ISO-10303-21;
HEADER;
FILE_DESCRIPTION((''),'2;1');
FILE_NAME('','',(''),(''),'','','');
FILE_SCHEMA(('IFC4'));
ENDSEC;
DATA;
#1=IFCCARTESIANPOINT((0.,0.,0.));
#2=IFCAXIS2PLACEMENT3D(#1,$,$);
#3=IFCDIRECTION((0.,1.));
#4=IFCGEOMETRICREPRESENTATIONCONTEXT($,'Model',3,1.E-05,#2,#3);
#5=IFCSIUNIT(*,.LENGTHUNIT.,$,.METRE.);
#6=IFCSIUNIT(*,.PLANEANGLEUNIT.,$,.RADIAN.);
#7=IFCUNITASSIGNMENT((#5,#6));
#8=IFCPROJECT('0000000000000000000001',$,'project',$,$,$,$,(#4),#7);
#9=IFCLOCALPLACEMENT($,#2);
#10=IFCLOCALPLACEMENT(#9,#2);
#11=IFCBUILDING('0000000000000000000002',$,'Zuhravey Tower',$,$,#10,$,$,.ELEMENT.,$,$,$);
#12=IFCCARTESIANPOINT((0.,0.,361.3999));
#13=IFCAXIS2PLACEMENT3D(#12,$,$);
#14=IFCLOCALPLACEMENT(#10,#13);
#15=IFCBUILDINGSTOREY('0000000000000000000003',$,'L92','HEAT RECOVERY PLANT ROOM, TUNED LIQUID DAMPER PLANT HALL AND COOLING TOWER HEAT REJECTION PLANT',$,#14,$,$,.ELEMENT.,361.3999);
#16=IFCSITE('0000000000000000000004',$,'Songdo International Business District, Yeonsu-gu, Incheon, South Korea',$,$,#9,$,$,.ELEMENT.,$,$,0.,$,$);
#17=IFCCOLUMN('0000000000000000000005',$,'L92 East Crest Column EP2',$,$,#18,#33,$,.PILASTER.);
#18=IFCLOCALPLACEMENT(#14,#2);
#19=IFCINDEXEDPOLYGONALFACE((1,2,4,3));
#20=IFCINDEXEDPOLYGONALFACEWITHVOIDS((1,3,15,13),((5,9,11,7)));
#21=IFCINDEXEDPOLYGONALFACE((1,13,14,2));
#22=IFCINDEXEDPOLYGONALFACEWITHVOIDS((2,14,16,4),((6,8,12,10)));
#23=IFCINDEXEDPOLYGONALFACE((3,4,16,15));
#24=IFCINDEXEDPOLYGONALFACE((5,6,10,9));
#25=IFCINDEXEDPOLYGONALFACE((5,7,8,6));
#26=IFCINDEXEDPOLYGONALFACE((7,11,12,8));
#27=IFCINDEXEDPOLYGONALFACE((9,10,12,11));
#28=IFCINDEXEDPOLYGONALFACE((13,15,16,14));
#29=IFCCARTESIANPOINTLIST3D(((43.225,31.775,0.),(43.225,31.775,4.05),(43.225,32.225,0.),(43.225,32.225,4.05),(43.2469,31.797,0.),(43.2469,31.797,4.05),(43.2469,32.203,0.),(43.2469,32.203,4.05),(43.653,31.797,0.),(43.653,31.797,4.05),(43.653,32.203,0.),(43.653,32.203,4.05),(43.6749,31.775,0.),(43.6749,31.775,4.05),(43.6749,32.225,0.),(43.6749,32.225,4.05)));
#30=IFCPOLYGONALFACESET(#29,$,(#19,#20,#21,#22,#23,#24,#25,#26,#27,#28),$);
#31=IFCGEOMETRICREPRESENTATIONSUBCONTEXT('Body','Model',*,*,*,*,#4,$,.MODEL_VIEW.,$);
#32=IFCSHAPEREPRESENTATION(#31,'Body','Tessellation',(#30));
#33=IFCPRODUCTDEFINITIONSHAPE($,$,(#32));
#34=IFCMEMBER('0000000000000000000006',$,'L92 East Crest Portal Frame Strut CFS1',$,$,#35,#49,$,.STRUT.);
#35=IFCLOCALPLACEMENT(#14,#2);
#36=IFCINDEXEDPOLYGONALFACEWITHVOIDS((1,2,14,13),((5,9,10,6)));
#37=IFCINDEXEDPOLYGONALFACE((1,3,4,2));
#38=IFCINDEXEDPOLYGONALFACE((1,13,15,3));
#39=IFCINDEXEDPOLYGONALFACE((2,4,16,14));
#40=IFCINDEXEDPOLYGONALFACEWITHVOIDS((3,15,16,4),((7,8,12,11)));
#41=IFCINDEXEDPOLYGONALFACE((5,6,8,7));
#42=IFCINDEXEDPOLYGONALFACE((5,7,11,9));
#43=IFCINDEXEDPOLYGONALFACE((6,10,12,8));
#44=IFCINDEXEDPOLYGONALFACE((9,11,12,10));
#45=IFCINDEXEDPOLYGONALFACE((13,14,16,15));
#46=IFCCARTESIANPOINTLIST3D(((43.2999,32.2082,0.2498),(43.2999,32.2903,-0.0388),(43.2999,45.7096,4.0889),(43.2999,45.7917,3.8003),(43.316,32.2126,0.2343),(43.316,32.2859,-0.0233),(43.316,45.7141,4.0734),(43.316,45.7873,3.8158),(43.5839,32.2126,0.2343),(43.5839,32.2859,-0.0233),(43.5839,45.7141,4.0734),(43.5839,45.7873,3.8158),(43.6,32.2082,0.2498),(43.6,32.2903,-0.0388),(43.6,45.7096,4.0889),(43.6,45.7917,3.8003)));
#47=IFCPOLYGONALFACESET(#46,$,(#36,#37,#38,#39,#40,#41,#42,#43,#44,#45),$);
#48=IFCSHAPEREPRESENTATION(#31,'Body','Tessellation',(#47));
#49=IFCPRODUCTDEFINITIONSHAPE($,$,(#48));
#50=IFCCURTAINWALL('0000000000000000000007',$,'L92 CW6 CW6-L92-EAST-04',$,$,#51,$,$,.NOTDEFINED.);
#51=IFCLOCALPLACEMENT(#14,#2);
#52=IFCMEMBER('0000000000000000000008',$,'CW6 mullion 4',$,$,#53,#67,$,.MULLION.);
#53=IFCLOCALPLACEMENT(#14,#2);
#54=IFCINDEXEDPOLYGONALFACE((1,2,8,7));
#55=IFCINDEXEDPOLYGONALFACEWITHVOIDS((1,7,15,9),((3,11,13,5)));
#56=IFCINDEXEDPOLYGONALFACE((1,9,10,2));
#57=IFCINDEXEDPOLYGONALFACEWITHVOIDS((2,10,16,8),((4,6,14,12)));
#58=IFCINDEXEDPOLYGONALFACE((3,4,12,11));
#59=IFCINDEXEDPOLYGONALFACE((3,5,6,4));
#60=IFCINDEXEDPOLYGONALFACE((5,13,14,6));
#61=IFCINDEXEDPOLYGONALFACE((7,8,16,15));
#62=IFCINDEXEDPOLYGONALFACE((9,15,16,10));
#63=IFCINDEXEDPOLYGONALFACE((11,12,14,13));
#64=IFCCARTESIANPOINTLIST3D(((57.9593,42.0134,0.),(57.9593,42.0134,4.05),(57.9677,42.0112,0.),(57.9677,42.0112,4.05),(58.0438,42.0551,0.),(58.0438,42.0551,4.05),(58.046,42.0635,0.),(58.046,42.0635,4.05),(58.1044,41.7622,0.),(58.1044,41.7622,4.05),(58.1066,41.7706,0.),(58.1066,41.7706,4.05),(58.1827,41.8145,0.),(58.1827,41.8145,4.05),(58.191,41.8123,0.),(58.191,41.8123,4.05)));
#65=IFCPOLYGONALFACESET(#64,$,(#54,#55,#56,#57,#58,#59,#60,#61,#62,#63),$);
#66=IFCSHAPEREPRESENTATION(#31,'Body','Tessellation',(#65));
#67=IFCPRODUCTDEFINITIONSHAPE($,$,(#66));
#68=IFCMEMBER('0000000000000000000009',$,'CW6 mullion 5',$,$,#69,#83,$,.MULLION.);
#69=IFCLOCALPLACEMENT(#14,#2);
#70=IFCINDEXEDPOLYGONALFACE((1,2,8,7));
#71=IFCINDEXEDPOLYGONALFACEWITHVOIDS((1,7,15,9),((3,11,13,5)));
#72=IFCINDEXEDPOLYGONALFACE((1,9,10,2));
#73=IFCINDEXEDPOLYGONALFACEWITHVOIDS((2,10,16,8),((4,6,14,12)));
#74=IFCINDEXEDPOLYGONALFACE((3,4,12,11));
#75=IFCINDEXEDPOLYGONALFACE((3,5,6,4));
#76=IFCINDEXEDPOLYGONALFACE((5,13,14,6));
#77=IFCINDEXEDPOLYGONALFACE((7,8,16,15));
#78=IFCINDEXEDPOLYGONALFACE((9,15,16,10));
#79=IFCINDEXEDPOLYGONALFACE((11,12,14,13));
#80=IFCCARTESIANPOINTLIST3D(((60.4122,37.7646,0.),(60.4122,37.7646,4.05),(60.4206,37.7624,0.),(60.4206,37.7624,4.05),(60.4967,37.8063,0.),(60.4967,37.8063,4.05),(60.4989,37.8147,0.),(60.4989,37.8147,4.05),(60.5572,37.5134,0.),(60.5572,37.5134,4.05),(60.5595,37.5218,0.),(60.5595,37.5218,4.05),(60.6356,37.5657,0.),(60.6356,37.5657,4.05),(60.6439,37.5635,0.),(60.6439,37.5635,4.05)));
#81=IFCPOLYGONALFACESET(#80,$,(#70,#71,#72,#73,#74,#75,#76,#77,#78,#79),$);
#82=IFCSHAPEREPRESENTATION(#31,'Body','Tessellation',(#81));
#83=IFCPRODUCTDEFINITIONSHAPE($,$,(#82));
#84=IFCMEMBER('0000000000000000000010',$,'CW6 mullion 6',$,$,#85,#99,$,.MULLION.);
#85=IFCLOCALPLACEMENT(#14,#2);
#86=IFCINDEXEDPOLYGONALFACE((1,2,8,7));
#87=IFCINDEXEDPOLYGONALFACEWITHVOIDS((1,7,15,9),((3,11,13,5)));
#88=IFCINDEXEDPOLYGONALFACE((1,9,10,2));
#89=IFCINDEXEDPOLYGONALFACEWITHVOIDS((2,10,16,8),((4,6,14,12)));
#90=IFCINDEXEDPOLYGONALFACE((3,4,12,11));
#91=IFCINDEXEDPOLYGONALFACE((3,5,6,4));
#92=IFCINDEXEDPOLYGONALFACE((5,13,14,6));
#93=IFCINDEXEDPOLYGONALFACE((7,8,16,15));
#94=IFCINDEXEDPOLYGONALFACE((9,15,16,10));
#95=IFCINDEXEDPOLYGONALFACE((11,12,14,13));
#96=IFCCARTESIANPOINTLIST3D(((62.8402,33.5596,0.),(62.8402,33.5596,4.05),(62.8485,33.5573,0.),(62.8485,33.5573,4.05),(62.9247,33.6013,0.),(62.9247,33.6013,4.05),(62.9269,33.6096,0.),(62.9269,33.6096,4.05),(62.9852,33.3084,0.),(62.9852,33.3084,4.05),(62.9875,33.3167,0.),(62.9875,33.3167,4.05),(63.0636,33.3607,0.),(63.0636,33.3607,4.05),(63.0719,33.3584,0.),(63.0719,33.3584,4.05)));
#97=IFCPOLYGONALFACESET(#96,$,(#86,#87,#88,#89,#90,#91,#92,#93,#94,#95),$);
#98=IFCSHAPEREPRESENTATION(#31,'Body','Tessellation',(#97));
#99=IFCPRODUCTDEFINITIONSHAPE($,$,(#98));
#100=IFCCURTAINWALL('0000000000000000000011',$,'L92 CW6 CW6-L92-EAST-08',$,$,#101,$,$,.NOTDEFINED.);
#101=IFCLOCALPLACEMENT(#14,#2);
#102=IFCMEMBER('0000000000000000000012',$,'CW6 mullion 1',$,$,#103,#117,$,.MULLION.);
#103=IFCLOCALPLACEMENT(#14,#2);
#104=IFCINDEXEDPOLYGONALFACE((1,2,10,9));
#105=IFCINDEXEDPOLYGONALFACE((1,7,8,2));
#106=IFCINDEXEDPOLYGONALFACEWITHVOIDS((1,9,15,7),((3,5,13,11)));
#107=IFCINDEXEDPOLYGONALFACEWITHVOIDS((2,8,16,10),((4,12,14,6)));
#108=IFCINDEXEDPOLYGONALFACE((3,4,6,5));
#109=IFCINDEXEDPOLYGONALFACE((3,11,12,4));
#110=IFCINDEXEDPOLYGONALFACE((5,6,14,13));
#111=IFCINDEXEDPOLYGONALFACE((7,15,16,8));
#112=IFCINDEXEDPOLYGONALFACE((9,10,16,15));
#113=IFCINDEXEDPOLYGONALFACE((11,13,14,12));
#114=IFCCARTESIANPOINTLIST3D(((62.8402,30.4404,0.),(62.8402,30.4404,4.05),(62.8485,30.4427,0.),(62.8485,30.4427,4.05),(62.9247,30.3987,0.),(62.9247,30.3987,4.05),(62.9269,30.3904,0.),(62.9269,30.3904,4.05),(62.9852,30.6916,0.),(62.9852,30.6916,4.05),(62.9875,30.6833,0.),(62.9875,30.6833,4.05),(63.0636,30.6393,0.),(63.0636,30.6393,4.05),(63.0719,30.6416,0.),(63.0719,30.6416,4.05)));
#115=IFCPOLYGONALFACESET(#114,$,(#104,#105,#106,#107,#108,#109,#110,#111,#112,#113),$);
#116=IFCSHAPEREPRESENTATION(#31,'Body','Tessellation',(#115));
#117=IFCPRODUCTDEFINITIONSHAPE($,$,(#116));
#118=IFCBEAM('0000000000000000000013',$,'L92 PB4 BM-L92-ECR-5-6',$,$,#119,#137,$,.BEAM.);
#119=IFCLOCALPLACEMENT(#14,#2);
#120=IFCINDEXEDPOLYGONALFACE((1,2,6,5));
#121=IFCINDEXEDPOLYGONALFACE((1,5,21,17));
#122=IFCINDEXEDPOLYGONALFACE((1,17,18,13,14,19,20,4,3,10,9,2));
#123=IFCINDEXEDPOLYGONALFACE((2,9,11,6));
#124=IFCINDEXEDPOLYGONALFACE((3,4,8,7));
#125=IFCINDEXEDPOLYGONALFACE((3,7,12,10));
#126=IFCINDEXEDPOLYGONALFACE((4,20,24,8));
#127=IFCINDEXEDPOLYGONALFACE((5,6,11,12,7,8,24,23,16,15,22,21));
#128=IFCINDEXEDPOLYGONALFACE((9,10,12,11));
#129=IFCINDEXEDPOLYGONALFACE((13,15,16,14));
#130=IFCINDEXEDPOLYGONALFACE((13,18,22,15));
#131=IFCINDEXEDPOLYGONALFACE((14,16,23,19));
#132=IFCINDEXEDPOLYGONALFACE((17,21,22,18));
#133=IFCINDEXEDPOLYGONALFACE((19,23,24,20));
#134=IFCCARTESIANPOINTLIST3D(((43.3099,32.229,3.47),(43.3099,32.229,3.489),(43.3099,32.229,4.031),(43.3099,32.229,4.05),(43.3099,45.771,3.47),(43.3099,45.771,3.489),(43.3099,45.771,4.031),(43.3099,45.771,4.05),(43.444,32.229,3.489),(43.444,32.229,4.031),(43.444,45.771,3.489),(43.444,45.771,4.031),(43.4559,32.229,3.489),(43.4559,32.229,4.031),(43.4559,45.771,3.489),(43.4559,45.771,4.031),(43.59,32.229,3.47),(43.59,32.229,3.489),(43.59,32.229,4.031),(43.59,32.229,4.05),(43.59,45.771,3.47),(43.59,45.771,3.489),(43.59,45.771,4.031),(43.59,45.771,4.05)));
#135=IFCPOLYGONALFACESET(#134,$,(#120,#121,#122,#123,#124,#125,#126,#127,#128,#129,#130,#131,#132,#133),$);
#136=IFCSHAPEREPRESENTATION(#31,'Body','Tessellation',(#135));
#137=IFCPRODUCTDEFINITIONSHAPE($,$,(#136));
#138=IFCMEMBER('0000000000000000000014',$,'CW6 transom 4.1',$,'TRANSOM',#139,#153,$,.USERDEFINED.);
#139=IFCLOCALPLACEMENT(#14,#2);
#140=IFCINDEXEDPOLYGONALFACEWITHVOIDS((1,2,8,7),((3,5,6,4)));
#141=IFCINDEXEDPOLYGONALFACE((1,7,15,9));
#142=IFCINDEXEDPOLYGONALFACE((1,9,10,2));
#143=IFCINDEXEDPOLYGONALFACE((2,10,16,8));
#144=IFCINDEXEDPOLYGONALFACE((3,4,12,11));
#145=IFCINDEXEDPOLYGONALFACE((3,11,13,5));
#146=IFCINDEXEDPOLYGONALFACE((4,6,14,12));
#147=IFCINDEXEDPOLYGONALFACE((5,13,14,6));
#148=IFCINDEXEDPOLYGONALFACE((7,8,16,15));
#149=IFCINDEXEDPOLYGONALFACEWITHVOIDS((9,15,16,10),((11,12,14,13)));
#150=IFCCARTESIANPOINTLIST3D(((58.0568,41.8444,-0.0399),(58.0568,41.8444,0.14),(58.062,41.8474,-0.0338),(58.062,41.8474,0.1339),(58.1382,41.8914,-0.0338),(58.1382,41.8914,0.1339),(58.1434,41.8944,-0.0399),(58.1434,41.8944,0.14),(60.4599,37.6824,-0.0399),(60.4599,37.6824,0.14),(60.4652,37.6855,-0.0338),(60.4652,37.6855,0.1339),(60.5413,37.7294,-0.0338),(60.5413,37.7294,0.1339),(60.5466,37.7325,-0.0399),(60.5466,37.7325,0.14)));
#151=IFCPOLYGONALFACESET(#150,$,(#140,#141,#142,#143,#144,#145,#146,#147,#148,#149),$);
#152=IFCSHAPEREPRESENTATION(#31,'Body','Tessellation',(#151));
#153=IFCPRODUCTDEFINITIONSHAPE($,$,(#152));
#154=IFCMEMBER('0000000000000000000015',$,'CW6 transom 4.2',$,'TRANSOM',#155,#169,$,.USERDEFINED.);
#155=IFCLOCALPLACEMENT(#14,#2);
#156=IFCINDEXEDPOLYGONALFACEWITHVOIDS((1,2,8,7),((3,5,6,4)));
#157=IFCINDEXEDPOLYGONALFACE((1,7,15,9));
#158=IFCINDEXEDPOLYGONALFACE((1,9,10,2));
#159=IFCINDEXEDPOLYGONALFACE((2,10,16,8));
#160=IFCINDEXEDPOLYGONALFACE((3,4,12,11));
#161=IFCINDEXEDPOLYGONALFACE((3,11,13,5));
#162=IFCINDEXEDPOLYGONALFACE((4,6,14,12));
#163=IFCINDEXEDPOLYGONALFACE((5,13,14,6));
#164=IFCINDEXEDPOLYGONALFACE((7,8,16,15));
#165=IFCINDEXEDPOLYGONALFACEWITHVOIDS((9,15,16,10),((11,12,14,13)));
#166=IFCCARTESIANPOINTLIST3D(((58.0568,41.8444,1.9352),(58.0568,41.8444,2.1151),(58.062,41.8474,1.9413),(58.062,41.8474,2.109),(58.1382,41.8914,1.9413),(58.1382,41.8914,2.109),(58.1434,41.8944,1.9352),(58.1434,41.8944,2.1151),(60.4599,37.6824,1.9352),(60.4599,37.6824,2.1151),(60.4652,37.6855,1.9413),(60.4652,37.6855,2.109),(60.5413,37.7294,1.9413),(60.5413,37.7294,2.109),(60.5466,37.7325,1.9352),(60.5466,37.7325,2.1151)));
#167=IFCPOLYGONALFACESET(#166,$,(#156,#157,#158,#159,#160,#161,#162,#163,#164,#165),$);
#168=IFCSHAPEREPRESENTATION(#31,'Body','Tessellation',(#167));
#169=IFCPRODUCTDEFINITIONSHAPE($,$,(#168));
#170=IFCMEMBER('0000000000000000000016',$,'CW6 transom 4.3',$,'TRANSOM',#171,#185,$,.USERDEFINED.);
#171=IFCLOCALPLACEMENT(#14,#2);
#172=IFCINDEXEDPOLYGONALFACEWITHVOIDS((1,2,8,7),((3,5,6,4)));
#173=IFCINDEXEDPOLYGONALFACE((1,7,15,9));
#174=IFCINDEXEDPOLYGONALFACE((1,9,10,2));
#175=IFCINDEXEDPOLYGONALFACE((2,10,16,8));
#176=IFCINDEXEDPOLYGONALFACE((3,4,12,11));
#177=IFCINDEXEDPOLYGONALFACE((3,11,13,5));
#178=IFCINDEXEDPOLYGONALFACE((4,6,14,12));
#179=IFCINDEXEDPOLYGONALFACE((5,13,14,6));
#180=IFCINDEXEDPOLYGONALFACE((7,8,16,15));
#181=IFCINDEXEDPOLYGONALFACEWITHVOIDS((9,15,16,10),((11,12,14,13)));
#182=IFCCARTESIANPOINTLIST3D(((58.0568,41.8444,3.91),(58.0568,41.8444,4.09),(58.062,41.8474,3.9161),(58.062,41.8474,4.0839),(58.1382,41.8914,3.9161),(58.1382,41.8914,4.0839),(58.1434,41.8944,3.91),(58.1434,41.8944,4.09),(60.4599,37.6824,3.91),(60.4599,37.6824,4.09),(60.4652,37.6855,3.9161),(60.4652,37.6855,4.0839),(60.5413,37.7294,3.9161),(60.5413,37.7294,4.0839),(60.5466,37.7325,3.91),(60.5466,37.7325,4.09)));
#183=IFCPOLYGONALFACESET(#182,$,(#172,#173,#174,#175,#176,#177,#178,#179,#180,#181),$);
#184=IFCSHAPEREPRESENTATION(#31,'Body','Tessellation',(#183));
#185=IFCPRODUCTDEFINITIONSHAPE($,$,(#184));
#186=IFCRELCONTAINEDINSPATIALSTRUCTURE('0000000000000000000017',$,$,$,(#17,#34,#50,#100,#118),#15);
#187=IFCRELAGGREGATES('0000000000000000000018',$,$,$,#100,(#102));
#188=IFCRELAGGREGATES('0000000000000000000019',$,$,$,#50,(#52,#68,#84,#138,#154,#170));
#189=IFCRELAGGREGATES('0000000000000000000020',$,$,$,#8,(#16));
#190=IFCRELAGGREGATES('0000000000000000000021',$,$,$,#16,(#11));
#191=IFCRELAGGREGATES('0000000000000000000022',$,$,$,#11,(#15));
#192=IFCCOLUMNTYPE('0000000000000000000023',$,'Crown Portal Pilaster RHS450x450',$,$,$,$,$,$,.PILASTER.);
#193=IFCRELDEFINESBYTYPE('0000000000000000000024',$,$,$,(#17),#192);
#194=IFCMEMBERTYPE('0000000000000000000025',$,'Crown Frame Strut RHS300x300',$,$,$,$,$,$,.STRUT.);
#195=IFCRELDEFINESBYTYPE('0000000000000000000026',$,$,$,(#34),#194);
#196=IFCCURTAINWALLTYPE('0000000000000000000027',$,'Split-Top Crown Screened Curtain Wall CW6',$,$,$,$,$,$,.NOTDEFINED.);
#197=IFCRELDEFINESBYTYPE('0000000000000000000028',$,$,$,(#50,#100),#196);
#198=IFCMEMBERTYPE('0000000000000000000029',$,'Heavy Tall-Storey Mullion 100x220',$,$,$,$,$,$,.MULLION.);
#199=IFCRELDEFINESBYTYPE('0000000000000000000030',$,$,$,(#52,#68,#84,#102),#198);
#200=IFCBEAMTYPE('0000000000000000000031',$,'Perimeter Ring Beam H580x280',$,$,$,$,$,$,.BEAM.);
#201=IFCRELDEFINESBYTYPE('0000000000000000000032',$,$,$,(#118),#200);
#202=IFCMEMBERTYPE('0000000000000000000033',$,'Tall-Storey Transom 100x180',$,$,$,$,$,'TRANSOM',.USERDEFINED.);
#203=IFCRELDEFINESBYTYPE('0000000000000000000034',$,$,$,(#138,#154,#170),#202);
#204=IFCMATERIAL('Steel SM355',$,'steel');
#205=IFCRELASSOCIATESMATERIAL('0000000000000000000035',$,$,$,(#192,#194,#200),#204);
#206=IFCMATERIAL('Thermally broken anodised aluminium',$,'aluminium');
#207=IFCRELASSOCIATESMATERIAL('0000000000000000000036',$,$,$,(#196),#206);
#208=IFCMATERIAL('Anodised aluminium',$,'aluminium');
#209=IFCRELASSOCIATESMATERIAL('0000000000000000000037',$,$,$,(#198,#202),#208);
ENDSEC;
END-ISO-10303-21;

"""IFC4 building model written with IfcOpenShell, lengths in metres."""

from ifc_helpers import new_model, si_unit, direction, frame, origin, origin_2d, place, context, subcontext, project, spatial, hollow_rectangle, i_section, extrude, material, material_profile, profile_set, type_object, element, aggregate, save


model = new_model("IFC4")

# Units and contexts
model_context = context("Model", 3, precision=1e-05, world=origin(), true_north=direction((0.0, 1.0)))
body_context = subcontext(model_context, "Body", "Model", "MODEL_VIEW")
ifc_project = project(units=[si_unit("LENGTHUNIT", "METRE"), si_unit("PLANEANGLEUNIT", "RADIAN")], contexts=[model_context])

# Site, building, storey
site_placement = place(None, origin())
site = spatial("IfcSite", under=ifc_project, at=site_placement, Name="Songdo International Business District, Yeonsu-gu, Incheon, South Korea", CompositionType="ELEMENT", RefElevation=0.0)
building_placement = place(site_placement, origin())
building = spatial("IfcBuilding", under=site, at=building_placement, Name="Zuhravey Tower", CompositionType="ELEMENT")
storey_placement = place(building_placement, frame((0.0, 0.0, 361.3999)))
storey = spatial("IfcBuildingStorey", under=building, at=storey_placement, Name="L92", Description="HEAT RECOVERY PLANT ROOM, TUNED LIQUID DAMPER PLANT HALL AND COOLING TOWER HEAT REJECTION PLANT", CompositionType="ELEMENT", Elevation=361.3999)

# Column
ifc_material_1 = material(Name="Steel SM355", Category="steel")
ifc_material_profile_1 = material_profile(ifc_material_1, hollow_rectangle(XDim=0.45, YDim=0.45, WallThickness=0.022, at=origin_2d()), Name="RHS-450x450x22")
ifc_profile_set_1 = profile_set([ifc_material_profile_1], Name="Steel SM355")
column_type = type_object("IfcColumnType", Name="Crown Portal Pilaster RHS450x450", PredefinedType="PILASTER", material=ifc_profile_set_1)
column_placement = place(storey_placement, frame((43.45, 32.0, 0.0), z_axis=(0.0, 0.0, 1.0), x_axis=(1.0, 0.0, 0.0)))
element("IfcColumn", 1, at=column_placement, inside=storey, type_object=column_type, Name="L92 East Crest Column EP2", PredefinedType="PILASTER", context=body_context, shape_type="SweptSolid", body=[
    extrude(hollow_rectangle(XDim=0.45, YDim=0.45, WallThickness=0.022, at=origin_2d()), origin(), (0.0, 0.0, 1.0), 4.05),
])

# Member
ifc_material_profile_2 = material_profile(ifc_material_1, hollow_rectangle(XDim=0.3, YDim=0.3, WallThickness=0.0161, at=origin_2d()), Name="RHS-300x300x16")
ifc_profile_set_2 = profile_set([ifc_material_profile_2], Name="Steel SM355")
member_type_1 = type_object("IfcMemberType", Name="Crown Frame Strut RHS300x300", PredefinedType="STRUT", material=ifc_profile_set_2)
member_1_placement = place(storey_placement, frame((43.45, 32.2493, 0.1055), z_axis=(0.0, 0.96187, 0.273506), x_axis=(-1.0, 0.0, 0.0)))
element("IfcMember", 2, at=member_1_placement, inside=storey, type_object=member_type_1, Name="L92 East Crest Portal Frame Strut CFS1", PredefinedType="STRUT", context=body_context, shape_type="SweptSolid", body=[
    extrude(hollow_rectangle(XDim=0.3, YDim=0.3, WallThickness=0.0161, at=origin_2d()), origin(), (0.0, 0.0, 1.0), 14.0366),
])

# Curtain wall, members
ifc_material_2 = material(Name="Thermally broken anodised aluminium", Category="aluminium")
curtain_wall_type = type_object("IfcCurtainWallType", Name="Split-Top Crown Screened Curtain Wall CW6", PredefinedType="NOTDEFINED", material=ifc_material_2)
curtain_wall_1_placement = place(storey_placement, origin())
curtain_wall_1 = element("IfcCurtainWall", 3, at=curtain_wall_1_placement, inside=storey, type_object=curtain_wall_type, Name="L92 CW6 CW6-L92-EAST-04", PredefinedType="NOTDEFINED")
ifc_material_3 = material(Name="Anodised aluminium", Category="aluminium")
ifc_material_profile_3 = material_profile(ifc_material_3, hollow_rectangle(XDim=0.1001, YDim=0.29, WallThickness=0.0061, at=origin_2d()), Name="ALU-RHS-100x290x6")
ifc_profile_set_3 = profile_set([ifc_material_profile_3], Name="Anodised aluminium")
member_type_2 = type_object("IfcMemberType", Name="Heavy Tall-Storey Mullion 100x220", PredefinedType="MULLION", material=ifc_profile_set_3)
member_2_placement = place(storey_placement, frame((58.0752, 41.9128, 0.0), z_axis=(0.0, 0.0, 1.0), x_axis=(0.866027, 0.499997, 0.0)))
member_2 = element("IfcMember", 4, at=member_2_placement, type_object=member_type_2, Name="CW6 mullion 4", PredefinedType="MULLION", context=body_context, shape_type="SweptSolid", body=[
    extrude(hollow_rectangle(XDim=0.1001, YDim=0.29, WallThickness=0.0061, at=origin_2d()), origin(), (0.0, 0.0, 1.0), 4.05),
])
member_3_placement = place(storey_placement, frame((60.5281, 37.6641, 0.0), z_axis=(0.0, 0.0, 1.0), x_axis=(0.866027, 0.499997, 0.0)))
member_3 = element("IfcMember", 5, at=member_3_placement, type_object=member_type_2, Name="CW6 mullion 5", PredefinedType="MULLION", context=body_context, shape_type="SweptSolid", body=[
    extrude(hollow_rectangle(XDim=0.1001, YDim=0.29, WallThickness=0.0061, at=origin_2d()), origin(), (0.0, 0.0, 1.0), 4.05),
])
member_4_placement = place(storey_placement, frame((62.9561, 33.459, 0.0), z_axis=(0.0, 0.0, 1.0), x_axis=(0.866027, 0.499997, 0.0)))
member_4 = element("IfcMember", 6, at=member_4_placement, type_object=member_type_2, Name="CW6 mullion 6", PredefinedType="MULLION", context=body_context, shape_type="SweptSolid", body=[
    extrude(hollow_rectangle(XDim=0.1001, YDim=0.29, WallThickness=0.0061, at=origin_2d()), origin(), (0.0, 0.0, 1.0), 4.05),
])

# Curtain wall, member
curtain_wall_2_placement = place(storey_placement, origin())
curtain_wall_2 = element("IfcCurtainWall", 7, at=curtain_wall_2_placement, inside=storey, type_object=curtain_wall_type, Name="L92 CW6 CW6-L92-EAST-08", PredefinedType="NOTDEFINED")
member_5_placement = place(storey_placement, frame((62.9561, 30.541, 0.0), z_axis=(0.0, 0.0, 1.0), x_axis=(0.866027, -0.499997, 0.0)))
member_5 = element("IfcMember", 8, at=member_5_placement, type_object=member_type_2, Name="CW6 mullion 1", PredefinedType="MULLION", context=body_context, shape_type="SweptSolid", body=[
    extrude(hollow_rectangle(XDim=0.1001, YDim=0.29, WallThickness=0.0061, at=origin_2d()), origin(), (0.0, 0.0, 1.0), 4.05),
])
aggregate(curtain_wall_2, [member_5])

# Beam
ifc_material_profile_4 = material_profile(ifc_material_1, i_section(OverallWidth=0.28, OverallDepth=0.5801, WebThickness=0.012, FlangeThickness=0.019, at=origin_2d()), Name="H-580x280x12x19")
ifc_profile_set_4 = profile_set([ifc_material_profile_4], Name="Steel SM355")
beam_type = type_object("IfcBeamType", Name="Perimeter Ring Beam H580x280", PredefinedType="BEAM", material=ifc_profile_set_4)
beam_placement = place(storey_placement, frame((43.45, 32.229, 3.76), z_axis=(0.0, 1.0, 0.0), x_axis=(-1.0, 0.0, 0.0)))
element("IfcBeam", 9, at=beam_placement, inside=storey, type_object=beam_type, Name="L92 PB4 BM-L92-ECR-5-6", PredefinedType="BEAM", context=body_context, shape_type="SweptSolid", body=[
    extrude(i_section(OverallWidth=0.28, OverallDepth=0.5801, WebThickness=0.012, FlangeThickness=0.019, at=origin_2d()), origin(), (0.0, 0.0, 1.0), 13.542),
])

# Members
ifc_material_profile_5 = material_profile(ifc_material_3, hollow_rectangle(XDim=0.1001, YDim=0.1799, WallThickness=0.0061, at=origin_2d()), Name="ALU-RHS-100x180x6")
ifc_profile_set_5 = profile_set([ifc_material_profile_5], Name="Anodised aluminium")
member_type_3 = type_object("IfcMemberType", Name="Tall-Storey Transom 100x180", ElementType="TRANSOM", PredefinedType="USERDEFINED", material=ifc_profile_set_5)
member_6_placement = place(storey_placement, frame((58.1001, 41.8694, 0.05), z_axis=(0.500035, -0.866005, 0.0), x_axis=(0.866005, 0.500035, 0.0)))
member_6 = element("IfcMember", 10, at=member_6_placement, type_object=member_type_3, Name="CW6 transom 4.1", ObjectType="TRANSOM", PredefinedType="USERDEFINED", context=body_context, shape_type="SweptSolid", body=[
    extrude(hollow_rectangle(XDim=0.1001, YDim=0.1799, WallThickness=0.0061, at=origin_2d()), origin(), (0.0, 0.0, 1.0), 4.8059),
])
member_7_placement = place(storey_placement, frame((58.1001, 41.8694, 2.0251), z_axis=(0.500035, -0.866005, 0.0), x_axis=(0.866005, 0.500035, 0.0)))
member_7 = element("IfcMember", 11, at=member_7_placement, type_object=member_type_3, Name="CW6 transom 4.2", ObjectType="TRANSOM", PredefinedType="USERDEFINED", context=body_context, shape_type="SweptSolid", body=[
    extrude(hollow_rectangle(XDim=0.1001, YDim=0.1799, WallThickness=0.0061, at=origin_2d()), origin(), (0.0, 0.0, 1.0), 4.8059),
])
member_8_placement = place(storey_placement, frame((58.1001, 41.8694, 4.0), z_axis=(0.500035, -0.866005, 0.0), x_axis=(0.866005, 0.500035, 0.0)))
member_8 = element("IfcMember", 12, at=member_8_placement, type_object=member_type_3, Name="CW6 transom 4.3", ObjectType="TRANSOM", PredefinedType="USERDEFINED", context=body_context, shape_type="SweptSolid", body=[
    extrude(hollow_rectangle(XDim=0.1001, YDim=0.1799, WallThickness=0.0061, at=origin_2d()), origin(), (0.0, 0.0, 1.0), 4.8059),
])

aggregate(curtain_wall_1, [member_2, member_3, member_4, member_6, member_7, member_8])

save(model, "model.ifc")
